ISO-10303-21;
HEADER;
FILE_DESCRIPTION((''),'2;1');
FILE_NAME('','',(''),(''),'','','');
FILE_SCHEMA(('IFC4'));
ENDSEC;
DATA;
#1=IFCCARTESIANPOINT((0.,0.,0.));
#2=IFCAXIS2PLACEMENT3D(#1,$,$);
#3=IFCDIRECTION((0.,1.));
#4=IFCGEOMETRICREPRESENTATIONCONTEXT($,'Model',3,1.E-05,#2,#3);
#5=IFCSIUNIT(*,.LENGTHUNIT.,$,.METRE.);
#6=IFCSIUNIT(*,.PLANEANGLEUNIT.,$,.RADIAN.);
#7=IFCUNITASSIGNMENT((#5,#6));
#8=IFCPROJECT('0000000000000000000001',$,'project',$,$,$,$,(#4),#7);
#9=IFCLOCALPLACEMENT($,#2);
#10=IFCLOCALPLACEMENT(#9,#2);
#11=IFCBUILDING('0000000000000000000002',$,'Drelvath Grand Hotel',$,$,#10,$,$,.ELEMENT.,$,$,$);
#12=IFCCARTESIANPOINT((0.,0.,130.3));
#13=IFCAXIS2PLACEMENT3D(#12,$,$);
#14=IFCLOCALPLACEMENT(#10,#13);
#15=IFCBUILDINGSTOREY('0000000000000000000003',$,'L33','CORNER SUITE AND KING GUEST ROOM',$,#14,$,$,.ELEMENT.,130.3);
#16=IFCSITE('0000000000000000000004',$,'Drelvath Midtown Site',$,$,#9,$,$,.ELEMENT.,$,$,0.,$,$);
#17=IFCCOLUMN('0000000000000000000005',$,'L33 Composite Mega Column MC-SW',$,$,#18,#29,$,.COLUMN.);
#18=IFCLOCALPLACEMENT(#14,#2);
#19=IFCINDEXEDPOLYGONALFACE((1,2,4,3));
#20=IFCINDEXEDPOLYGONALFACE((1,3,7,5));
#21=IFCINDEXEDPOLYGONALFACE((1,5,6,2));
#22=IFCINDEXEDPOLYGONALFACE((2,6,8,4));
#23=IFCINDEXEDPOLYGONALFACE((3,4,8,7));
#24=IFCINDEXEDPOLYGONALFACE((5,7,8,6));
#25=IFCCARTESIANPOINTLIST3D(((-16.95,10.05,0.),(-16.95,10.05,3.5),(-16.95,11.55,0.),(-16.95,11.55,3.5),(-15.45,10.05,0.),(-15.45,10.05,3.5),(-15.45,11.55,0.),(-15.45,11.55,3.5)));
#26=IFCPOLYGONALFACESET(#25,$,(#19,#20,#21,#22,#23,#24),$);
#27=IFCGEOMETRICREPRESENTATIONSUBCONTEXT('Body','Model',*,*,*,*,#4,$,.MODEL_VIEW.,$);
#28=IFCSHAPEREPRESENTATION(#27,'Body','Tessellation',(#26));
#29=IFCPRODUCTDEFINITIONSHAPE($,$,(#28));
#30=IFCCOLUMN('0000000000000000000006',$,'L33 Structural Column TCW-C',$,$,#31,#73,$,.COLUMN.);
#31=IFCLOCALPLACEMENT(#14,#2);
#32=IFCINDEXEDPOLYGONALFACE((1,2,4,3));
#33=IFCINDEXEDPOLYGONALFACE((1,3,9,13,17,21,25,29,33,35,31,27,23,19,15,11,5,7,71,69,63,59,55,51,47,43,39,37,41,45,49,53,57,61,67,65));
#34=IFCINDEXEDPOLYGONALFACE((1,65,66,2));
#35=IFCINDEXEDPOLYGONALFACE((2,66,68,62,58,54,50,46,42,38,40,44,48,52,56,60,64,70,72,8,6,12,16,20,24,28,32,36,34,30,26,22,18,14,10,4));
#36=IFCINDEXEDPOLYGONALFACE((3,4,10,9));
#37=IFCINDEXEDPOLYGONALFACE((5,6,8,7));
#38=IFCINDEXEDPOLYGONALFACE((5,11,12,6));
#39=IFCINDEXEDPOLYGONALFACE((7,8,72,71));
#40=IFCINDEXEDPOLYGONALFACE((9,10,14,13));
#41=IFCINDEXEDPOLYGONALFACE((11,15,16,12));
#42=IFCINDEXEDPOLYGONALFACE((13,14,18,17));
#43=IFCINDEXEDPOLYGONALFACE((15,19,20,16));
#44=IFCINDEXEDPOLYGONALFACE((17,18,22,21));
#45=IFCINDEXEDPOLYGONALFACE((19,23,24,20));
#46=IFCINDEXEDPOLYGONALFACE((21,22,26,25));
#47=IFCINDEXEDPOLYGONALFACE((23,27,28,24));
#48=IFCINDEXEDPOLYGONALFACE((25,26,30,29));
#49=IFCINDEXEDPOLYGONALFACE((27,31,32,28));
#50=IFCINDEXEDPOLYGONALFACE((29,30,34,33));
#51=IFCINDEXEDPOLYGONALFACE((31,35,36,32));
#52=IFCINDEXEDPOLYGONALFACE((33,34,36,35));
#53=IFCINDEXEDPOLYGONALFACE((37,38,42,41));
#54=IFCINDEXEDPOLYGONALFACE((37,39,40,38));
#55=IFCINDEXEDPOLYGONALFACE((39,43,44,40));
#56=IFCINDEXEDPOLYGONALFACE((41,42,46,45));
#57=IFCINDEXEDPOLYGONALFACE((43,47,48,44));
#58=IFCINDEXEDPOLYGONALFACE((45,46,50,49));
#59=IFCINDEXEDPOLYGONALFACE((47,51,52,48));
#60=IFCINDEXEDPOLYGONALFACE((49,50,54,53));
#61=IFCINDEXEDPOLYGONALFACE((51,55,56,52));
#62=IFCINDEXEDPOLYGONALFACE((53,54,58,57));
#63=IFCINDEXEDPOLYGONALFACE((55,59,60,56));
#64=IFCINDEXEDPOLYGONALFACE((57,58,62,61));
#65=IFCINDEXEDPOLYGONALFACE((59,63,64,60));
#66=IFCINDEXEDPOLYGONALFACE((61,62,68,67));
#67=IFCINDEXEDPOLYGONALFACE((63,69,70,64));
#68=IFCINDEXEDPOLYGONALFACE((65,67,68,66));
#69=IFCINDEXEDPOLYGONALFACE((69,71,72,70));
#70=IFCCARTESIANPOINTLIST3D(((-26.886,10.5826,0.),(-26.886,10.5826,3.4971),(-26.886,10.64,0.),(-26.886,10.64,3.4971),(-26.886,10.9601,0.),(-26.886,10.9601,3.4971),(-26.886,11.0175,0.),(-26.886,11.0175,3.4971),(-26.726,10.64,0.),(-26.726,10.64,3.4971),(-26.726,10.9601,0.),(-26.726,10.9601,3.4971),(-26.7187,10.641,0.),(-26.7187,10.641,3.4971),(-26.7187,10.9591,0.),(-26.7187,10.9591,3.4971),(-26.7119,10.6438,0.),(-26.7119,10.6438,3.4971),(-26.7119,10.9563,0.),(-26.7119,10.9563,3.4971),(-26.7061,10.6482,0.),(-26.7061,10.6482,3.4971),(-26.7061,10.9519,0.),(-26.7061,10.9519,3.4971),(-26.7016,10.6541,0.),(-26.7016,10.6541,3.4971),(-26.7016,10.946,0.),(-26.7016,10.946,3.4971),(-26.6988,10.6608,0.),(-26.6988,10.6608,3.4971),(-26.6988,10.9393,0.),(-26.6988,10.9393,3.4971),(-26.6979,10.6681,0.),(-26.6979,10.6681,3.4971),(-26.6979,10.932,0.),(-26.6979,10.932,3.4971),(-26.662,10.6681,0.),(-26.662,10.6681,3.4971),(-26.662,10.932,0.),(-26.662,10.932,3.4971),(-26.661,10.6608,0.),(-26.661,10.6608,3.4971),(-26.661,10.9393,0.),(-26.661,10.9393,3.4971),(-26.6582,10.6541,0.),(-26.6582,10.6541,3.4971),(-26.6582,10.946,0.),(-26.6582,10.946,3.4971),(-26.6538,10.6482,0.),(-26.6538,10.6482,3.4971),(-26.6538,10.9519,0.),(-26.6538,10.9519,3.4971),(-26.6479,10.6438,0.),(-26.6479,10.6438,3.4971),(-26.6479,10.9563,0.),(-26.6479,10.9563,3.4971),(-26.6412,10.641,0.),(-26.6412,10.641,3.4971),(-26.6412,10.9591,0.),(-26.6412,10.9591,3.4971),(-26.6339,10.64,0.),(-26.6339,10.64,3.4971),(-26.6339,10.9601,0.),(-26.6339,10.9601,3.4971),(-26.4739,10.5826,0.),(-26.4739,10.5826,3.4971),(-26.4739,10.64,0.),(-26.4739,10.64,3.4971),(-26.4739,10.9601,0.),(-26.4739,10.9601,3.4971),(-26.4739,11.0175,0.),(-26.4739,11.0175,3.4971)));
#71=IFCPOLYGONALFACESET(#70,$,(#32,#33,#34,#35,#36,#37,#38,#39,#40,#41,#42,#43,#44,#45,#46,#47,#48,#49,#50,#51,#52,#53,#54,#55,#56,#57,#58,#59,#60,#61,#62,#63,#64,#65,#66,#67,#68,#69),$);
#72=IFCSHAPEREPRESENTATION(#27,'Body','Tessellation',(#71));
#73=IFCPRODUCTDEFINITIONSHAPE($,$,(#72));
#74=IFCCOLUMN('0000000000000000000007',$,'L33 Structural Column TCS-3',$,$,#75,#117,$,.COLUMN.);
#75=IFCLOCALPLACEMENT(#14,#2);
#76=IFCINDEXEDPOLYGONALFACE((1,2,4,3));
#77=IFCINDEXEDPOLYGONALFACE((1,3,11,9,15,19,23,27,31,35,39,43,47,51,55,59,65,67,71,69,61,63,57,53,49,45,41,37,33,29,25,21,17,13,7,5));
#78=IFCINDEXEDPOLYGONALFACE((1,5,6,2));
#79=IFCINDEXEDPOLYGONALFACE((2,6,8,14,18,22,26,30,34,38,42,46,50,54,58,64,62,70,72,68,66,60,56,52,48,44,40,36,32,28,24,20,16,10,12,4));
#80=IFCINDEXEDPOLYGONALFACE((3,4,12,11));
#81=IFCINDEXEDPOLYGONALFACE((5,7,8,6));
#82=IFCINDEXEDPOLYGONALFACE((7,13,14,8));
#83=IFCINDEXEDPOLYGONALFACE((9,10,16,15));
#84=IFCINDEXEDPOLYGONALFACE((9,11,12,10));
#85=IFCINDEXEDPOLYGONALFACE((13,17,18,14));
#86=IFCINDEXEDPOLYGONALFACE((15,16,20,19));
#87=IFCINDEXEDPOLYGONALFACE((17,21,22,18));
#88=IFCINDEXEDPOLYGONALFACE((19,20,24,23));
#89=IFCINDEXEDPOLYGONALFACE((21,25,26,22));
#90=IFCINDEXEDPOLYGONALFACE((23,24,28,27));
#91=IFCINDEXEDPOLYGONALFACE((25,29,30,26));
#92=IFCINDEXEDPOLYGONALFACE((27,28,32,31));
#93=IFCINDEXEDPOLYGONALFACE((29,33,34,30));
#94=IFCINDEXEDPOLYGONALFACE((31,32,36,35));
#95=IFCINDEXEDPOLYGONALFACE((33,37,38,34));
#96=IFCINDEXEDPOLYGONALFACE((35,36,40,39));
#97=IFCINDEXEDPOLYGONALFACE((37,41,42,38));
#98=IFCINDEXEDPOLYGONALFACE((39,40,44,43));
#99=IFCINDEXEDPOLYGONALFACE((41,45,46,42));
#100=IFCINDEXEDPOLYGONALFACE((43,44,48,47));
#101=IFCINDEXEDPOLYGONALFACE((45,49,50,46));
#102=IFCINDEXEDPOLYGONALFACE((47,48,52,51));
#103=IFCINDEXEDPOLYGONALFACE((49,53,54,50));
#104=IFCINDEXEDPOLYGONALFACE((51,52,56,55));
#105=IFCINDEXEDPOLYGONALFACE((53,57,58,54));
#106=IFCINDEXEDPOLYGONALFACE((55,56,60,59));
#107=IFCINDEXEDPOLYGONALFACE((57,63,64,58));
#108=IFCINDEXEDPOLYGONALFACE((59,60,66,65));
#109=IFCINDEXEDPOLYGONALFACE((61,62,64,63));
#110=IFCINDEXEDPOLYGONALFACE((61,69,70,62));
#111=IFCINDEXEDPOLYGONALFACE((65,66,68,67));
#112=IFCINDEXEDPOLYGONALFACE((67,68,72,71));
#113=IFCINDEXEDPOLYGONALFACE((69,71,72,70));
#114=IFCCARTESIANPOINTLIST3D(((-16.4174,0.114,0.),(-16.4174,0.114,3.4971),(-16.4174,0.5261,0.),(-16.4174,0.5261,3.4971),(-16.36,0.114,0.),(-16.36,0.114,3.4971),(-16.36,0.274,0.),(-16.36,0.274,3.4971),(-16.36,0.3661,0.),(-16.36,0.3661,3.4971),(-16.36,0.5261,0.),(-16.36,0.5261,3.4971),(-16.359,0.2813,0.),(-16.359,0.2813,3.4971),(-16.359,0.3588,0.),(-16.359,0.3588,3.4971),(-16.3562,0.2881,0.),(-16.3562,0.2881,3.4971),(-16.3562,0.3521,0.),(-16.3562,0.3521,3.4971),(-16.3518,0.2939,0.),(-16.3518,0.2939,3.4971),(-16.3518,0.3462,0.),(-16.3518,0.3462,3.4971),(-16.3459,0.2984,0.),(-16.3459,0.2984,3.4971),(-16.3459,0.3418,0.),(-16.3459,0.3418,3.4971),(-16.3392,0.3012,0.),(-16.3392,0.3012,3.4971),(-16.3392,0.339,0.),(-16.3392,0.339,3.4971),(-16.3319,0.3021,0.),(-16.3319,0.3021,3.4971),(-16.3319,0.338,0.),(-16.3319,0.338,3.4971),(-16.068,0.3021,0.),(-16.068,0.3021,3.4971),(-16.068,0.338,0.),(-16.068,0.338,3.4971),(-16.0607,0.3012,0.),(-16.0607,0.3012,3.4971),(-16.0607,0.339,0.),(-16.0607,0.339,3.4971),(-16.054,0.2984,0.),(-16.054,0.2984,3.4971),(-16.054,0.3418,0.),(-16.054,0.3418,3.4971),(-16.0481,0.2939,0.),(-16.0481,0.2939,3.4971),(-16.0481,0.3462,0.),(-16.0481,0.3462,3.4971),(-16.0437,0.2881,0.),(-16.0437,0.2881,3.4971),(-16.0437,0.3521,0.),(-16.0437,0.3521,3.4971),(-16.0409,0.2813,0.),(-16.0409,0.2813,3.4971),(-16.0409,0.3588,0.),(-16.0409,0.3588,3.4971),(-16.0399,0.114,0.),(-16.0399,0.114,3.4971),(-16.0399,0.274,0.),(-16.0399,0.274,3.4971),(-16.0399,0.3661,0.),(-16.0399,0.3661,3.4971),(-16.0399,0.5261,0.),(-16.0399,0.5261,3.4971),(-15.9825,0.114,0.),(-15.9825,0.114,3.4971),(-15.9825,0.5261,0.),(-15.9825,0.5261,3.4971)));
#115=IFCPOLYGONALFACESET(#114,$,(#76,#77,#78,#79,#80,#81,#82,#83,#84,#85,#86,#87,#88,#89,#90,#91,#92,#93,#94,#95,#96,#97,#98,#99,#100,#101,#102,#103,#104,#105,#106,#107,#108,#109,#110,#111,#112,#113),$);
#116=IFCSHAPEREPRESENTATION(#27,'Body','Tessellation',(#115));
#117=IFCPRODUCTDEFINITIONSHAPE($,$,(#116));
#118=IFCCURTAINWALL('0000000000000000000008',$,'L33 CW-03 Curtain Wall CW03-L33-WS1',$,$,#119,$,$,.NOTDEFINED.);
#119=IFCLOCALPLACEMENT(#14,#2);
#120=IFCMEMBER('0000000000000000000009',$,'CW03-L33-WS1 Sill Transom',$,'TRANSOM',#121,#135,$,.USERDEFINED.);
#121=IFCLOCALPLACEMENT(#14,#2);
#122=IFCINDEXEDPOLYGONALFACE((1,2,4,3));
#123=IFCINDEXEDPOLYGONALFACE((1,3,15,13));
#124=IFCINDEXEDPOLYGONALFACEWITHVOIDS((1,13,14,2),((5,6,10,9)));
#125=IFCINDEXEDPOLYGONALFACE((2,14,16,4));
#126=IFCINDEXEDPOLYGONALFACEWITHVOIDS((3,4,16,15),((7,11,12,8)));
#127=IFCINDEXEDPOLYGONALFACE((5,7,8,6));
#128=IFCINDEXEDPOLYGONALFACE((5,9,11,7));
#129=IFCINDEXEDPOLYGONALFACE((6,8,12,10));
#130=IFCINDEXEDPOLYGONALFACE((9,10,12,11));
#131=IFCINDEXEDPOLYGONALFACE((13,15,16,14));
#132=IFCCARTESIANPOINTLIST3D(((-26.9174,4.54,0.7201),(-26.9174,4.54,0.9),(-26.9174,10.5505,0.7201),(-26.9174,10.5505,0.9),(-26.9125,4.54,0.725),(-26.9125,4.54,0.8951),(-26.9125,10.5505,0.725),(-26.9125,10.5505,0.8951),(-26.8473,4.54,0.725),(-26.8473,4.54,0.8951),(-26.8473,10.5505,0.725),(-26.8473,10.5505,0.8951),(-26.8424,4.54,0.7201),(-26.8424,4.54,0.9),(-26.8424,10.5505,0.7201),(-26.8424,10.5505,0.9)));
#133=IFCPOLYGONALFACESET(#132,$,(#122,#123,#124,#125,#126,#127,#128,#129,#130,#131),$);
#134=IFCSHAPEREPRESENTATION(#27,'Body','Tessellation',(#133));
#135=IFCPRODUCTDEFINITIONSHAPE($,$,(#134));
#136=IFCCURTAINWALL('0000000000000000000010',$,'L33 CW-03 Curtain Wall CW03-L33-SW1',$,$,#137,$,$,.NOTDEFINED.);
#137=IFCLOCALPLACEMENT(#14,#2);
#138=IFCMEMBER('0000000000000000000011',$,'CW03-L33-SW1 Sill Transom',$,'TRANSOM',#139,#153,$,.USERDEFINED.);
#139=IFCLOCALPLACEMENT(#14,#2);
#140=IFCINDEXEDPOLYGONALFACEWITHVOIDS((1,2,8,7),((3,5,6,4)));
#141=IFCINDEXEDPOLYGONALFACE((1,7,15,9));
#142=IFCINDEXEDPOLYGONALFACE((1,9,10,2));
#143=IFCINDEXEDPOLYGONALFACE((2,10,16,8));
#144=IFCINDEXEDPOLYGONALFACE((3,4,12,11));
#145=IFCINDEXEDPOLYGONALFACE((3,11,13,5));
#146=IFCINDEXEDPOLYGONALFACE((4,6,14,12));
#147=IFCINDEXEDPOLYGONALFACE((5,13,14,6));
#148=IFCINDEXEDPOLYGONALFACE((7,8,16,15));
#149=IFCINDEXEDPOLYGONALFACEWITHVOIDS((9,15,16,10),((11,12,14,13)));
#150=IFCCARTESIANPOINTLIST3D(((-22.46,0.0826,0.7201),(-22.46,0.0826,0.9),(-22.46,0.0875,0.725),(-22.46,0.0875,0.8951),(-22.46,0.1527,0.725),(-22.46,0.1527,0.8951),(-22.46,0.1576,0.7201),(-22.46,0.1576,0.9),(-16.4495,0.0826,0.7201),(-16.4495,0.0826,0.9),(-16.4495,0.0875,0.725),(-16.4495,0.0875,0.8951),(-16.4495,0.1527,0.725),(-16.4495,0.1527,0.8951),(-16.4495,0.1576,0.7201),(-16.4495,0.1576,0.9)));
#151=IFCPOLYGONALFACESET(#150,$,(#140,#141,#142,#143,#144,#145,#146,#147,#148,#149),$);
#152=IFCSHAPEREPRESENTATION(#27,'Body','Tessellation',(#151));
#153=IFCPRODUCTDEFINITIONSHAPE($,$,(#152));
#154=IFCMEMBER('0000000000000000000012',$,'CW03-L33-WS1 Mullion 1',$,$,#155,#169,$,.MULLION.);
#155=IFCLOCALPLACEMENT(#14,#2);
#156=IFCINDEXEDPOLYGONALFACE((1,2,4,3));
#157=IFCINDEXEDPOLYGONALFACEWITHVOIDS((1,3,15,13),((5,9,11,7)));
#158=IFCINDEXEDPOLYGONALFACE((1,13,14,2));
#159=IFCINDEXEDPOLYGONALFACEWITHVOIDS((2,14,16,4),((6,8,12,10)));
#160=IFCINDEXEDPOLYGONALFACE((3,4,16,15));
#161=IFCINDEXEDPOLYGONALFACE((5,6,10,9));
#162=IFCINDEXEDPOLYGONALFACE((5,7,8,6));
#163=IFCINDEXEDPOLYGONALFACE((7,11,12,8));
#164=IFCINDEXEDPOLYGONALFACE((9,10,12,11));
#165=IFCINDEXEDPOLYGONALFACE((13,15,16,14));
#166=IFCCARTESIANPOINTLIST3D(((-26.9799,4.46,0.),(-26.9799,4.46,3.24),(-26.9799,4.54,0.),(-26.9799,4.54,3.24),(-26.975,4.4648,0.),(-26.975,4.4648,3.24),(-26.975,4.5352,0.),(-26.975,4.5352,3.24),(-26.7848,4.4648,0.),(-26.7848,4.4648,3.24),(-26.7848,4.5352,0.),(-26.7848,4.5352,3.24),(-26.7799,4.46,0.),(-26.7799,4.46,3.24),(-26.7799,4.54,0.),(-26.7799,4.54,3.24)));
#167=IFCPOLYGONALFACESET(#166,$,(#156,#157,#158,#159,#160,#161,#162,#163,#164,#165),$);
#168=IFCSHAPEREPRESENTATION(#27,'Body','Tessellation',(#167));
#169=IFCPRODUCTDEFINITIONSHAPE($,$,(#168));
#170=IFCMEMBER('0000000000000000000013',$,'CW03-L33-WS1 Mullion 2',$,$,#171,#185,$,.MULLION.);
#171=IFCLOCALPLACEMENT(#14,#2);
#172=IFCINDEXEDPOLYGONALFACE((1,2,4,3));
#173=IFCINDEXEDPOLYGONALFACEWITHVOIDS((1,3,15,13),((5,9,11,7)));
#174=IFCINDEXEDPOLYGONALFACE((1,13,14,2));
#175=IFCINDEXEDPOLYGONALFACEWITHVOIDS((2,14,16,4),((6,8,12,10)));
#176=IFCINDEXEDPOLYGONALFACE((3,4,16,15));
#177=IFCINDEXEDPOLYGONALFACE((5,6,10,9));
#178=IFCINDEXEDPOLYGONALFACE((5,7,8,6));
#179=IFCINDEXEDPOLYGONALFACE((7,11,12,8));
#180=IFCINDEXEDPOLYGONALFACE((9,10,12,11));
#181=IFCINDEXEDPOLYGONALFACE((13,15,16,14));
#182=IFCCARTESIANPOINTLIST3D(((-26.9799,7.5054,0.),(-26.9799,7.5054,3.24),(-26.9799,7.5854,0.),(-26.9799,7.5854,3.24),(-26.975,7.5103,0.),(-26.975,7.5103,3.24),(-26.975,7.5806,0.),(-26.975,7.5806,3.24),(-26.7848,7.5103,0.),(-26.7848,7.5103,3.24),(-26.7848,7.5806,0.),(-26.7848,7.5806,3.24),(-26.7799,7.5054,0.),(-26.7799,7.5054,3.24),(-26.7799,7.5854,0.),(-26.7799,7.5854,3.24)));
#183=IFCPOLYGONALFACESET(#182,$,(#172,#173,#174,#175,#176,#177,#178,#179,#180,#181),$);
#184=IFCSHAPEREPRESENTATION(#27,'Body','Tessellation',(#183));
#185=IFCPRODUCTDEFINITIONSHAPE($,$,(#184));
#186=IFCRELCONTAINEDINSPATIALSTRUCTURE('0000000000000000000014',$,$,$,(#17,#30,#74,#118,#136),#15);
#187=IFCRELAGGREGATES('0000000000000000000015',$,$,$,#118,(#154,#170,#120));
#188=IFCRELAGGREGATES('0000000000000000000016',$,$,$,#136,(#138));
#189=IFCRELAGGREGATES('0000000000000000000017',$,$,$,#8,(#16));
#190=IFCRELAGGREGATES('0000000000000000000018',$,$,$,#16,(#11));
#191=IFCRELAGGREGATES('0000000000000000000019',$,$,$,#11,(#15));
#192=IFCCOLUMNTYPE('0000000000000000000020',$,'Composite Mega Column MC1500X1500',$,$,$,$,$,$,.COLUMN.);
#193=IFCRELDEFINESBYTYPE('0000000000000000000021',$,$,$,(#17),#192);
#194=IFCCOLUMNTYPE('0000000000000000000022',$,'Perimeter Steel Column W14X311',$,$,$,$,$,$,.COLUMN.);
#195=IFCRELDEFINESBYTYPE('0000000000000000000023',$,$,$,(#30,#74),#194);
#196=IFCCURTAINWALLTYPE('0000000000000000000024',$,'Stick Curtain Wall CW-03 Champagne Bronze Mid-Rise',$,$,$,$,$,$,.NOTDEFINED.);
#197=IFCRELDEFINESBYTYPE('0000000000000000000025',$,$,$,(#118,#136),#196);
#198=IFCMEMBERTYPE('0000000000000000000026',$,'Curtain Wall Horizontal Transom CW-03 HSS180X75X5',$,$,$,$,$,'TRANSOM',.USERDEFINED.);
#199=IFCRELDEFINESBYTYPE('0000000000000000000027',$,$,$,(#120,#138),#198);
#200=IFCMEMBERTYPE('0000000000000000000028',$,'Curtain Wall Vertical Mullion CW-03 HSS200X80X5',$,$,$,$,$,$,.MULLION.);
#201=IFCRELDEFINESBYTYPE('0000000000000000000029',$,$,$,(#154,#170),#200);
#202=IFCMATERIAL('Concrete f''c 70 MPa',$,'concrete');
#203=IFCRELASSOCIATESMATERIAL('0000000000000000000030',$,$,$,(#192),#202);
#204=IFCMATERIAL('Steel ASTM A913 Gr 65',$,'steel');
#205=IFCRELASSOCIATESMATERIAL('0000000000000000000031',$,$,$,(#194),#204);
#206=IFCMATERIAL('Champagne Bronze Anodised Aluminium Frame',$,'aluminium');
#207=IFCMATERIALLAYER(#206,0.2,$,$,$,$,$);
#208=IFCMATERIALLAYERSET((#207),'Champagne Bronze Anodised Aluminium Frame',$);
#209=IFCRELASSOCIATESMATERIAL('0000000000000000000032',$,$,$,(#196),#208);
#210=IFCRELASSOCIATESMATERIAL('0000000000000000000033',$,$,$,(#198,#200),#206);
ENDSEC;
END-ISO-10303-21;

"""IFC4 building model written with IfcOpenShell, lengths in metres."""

from ifc_helpers import new_model, si_unit, direction, frame, origin, origin_2d, place, context, subcontext, project, spatial, rectangle, hollow_rectangle, i_section, extrude, material, layer, layer_set, material_profile, profile_set, type_object, element, aggregate, save


model = new_model("IFC4")

# Units and contexts
model_context = context("Model", 3, precision=1e-05, world=origin(), true_north=direction((0.0, 1.0)))
body_context = subcontext(model_context, "Body", "Model", "MODEL_VIEW")
ifc_project = project(units=[si_unit("LENGTHUNIT", "METRE"), si_unit("PLANEANGLEUNIT", "RADIAN")], contexts=[model_context])

# Site, building, storey
site_placement = place(None, origin())
site = spatial("IfcSite", under=ifc_project, at=site_placement, Name="Drelvath Midtown Site", CompositionType="ELEMENT", RefElevation=0.0)
building_placement = place(site_placement, origin())
building = spatial("IfcBuilding", under=site, at=building_placement, Name="Drelvath Grand Hotel", CompositionType="ELEMENT")
storey_placement = place(building_placement, frame((0.0, 0.0, 130.3)))
storey = spatial("IfcBuildingStorey", under=building, at=storey_placement, Name="L33", Description="CORNER SUITE AND KING GUEST ROOM", CompositionType="ELEMENT", Elevation=130.3)

# Columns
ifc_material_1 = material(Name="Concrete f'c 70 MPa", Category="concrete")
ifc_material_profile_1 = material_profile(ifc_material_1, rectangle(XDim=1.5, YDim=1.5, at=origin_2d()), Name="MC1500X1500")
ifc_profile_set_1 = profile_set([ifc_material_profile_1], Name="Concrete f'c 70 MPa")
column_type_1 = type_object("IfcColumnType", Name="Composite Mega Column MC1500X1500", PredefinedType="COLUMN", material=ifc_profile_set_1)
column_placement = place(storey_placement, frame((-16.2, 10.8, 0.0), z_axis=(0.0, 0.0, 1.0), x_axis=(1.0, 0.0, 0.0)))
element("IfcColumn", 1, at=column_placement, inside=storey, type_object=column_type_1, Name="L33 Composite Mega Column MC-SW", PredefinedType="COLUMN", context=body_context, shape_type="SweptSolid", body=[
    extrude(rectangle(XDim=1.5, YDim=1.5, at=origin_2d()), origin(), (0.0, 0.0, 1.0), 3.5),
])
ifc_material_2 = material(Name="Steel ASTM A913 Gr 65", Category="steel")
ifc_material_profile_2 = material_profile(ifc_material_2, i_section(OverallWidth=0.4121, OverallDepth=0.4348, WebThickness=0.0359, FlangeThickness=0.0574, FilletRadius=0.0281, at=origin_2d()), Name="W14X311")
ifc_profile_set_2 = profile_set([ifc_material_profile_2], Name="Steel ASTM A913 Gr 65")
column_type_2 = type_object("IfcColumnType", Name="Perimeter Steel Column W14X311", PredefinedType="COLUMN", material=ifc_profile_set_2)
for number, where, z_axis, x_axis, name in (
    (2, (-26.6799, 10.8, 0.0), (0.0, 0.0, 1.0), (1.0, 0.0, 0.0), "L33 Structural Column TCW-C"),
    (3, (-16.2, 0.3201, 0.0), (0.0, 0.0, 1.0), (0.0, 1.0, 0.0), "L33 Structural Column TCS-3"),
):
    element("IfcColumn", number, at=place(storey_placement, frame(where, z_axis=z_axis, x_axis=x_axis)), inside=storey, type_object=column_type_2, Name=name, PredefinedType="COLUMN", context=body_context, shape_type="SweptSolid", body=[
        extrude(i_section(OverallWidth=0.4121, OverallDepth=0.4348, WebThickness=0.0359, FlangeThickness=0.0574, FilletRadius=0.0281, at=origin_2d()), origin(), (0.0, 0.0, 1.0), 3.4971),
    ])

# Curtain walls, members
ifc_material_3 = material(Name="Champagne Bronze Anodised Aluminium Frame", Category="aluminium")
ifc_layer_1 = layer(ifc_material_3, 0.2)
ifc_layer_set_1 = layer_set([ifc_layer_1], Name="Champagne Bronze Anodised Aluminium Frame")
curtain_wall_type = type_object("IfcCurtainWallType", Name="Stick Curtain Wall CW-03 Champagne Bronze Mid-Rise", PredefinedType="NOTDEFINED", material=ifc_layer_set_1)
curtain_wall_1_placement = place(storey_placement, origin())
curtain_wall_1 = element("IfcCurtainWall", 4, at=curtain_wall_1_placement, inside=storey, type_object=curtain_wall_type, Name="L33 CW-03 Curtain Wall CW03-L33-WS1", PredefinedType="NOTDEFINED")
ifc_material_profile_3 = material_profile(ifc_material_3, hollow_rectangle(XDim=0.075, YDim=0.1799, WallThickness=0.0049, at=origin_2d()), Name="HSS180X75X5")
ifc_profile_set_3 = profile_set([ifc_material_profile_3], Name="Champagne Bronze Anodised Aluminium Frame")
member_type_1 = type_object("IfcMemberType", Name="Curtain Wall Horizontal Transom CW-03 HSS180X75X5", ElementType="TRANSOM", PredefinedType="USERDEFINED", material=ifc_profile_set_3)
member_1_placement = place(storey_placement, frame((-26.8799, 4.54, 0.8101), z_axis=(0.0, 1.0, 0.0), x_axis=(-1.0, 0.0, 0.0)))
member_1 = element("IfcMember", 5, at=member_1_placement, type_object=member_type_1, Name="CW03-L33-WS1 Sill Transom", ObjectType="TRANSOM", PredefinedType="USERDEFINED", context=body_context, shape_type="SweptSolid", body=[
    extrude(hollow_rectangle(XDim=0.075, YDim=0.1799, WallThickness=0.0049, at=origin_2d()), origin(), (0.0, 0.0, 1.0), 6.0105),
])
curtain_wall_2_placement = place(storey_placement, origin())
curtain_wall_2 = element("IfcCurtainWall", 6, at=curtain_wall_2_placement, inside=storey, type_object=curtain_wall_type, Name="L33 CW-03 Curtain Wall CW03-L33-SW1", PredefinedType="NOTDEFINED")
member_2_placement = place(storey_placement, frame((-16.4495, 0.1201, 0.8101), z_axis=(-1.0, 0.0, 0.0), x_axis=(0.0, -1.0, 0.0)))
member_2 = element("IfcMember", 7, at=member_2_placement, type_object=member_type_1, Name="CW03-L33-SW1 Sill Transom", ObjectType="TRANSOM", PredefinedType="USERDEFINED", context=body_context, shape_type="SweptSolid", body=[
    extrude(hollow_rectangle(XDim=0.075, YDim=0.1799, WallThickness=0.0049, at=origin_2d()), origin(), (0.0, 0.0, 1.0), 6.0105),
])

# Members
ifc_material_profile_4 = material_profile(ifc_material_3, hollow_rectangle(XDim=0.0801, YDim=0.2, WallThickness=0.0049, at=origin_2d()), Name="HSS200X80X5")
ifc_profile_set_4 = profile_set([ifc_material_profile_4], Name="Champagne Bronze Anodised Aluminium Frame")
member_type_2 = type_object("IfcMemberType", Name="Curtain Wall Vertical Mullion CW-03 HSS200X80X5", PredefinedType="MULLION", material=ifc_profile_set_4)
member_3_placement = place(storey_placement, frame((-26.8799, 4.5, 0.0), z_axis=(0.0, 0.0, 1.0), x_axis=(0.0, 1.0, 0.0)))
member_3 = element("IfcMember", 8, at=member_3_placement, type_object=member_type_2, Name="CW03-L33-WS1 Mullion 1", PredefinedType="MULLION", context=body_context, shape_type="SweptSolid", body=[
    extrude(hollow_rectangle(XDim=0.0801, YDim=0.2, WallThickness=0.0049, at=origin_2d()), origin(), (0.0, 0.0, 1.0), 3.24),
])
member_4_placement = place(storey_placement, frame((-26.8799, 7.5454, 0.0), z_axis=(0.0, 0.0, 1.0), x_axis=(0.0, 1.0, 0.0)))
member_4 = element("IfcMember", 9, at=member_4_placement, type_object=member_type_2, Name="CW03-L33-WS1 Mullion 2", PredefinedType="MULLION", context=body_context, shape_type="SweptSolid", body=[
    extrude(hollow_rectangle(XDim=0.0801, YDim=0.2, WallThickness=0.0049, at=origin_2d()), origin(), (0.0, 0.0, 1.0), 3.24),
])

aggregate(curtain_wall_1, [member_3, member_4, member_1])
aggregate(curtain_wall_2, [member_2])

save(model, "model.ifc")
